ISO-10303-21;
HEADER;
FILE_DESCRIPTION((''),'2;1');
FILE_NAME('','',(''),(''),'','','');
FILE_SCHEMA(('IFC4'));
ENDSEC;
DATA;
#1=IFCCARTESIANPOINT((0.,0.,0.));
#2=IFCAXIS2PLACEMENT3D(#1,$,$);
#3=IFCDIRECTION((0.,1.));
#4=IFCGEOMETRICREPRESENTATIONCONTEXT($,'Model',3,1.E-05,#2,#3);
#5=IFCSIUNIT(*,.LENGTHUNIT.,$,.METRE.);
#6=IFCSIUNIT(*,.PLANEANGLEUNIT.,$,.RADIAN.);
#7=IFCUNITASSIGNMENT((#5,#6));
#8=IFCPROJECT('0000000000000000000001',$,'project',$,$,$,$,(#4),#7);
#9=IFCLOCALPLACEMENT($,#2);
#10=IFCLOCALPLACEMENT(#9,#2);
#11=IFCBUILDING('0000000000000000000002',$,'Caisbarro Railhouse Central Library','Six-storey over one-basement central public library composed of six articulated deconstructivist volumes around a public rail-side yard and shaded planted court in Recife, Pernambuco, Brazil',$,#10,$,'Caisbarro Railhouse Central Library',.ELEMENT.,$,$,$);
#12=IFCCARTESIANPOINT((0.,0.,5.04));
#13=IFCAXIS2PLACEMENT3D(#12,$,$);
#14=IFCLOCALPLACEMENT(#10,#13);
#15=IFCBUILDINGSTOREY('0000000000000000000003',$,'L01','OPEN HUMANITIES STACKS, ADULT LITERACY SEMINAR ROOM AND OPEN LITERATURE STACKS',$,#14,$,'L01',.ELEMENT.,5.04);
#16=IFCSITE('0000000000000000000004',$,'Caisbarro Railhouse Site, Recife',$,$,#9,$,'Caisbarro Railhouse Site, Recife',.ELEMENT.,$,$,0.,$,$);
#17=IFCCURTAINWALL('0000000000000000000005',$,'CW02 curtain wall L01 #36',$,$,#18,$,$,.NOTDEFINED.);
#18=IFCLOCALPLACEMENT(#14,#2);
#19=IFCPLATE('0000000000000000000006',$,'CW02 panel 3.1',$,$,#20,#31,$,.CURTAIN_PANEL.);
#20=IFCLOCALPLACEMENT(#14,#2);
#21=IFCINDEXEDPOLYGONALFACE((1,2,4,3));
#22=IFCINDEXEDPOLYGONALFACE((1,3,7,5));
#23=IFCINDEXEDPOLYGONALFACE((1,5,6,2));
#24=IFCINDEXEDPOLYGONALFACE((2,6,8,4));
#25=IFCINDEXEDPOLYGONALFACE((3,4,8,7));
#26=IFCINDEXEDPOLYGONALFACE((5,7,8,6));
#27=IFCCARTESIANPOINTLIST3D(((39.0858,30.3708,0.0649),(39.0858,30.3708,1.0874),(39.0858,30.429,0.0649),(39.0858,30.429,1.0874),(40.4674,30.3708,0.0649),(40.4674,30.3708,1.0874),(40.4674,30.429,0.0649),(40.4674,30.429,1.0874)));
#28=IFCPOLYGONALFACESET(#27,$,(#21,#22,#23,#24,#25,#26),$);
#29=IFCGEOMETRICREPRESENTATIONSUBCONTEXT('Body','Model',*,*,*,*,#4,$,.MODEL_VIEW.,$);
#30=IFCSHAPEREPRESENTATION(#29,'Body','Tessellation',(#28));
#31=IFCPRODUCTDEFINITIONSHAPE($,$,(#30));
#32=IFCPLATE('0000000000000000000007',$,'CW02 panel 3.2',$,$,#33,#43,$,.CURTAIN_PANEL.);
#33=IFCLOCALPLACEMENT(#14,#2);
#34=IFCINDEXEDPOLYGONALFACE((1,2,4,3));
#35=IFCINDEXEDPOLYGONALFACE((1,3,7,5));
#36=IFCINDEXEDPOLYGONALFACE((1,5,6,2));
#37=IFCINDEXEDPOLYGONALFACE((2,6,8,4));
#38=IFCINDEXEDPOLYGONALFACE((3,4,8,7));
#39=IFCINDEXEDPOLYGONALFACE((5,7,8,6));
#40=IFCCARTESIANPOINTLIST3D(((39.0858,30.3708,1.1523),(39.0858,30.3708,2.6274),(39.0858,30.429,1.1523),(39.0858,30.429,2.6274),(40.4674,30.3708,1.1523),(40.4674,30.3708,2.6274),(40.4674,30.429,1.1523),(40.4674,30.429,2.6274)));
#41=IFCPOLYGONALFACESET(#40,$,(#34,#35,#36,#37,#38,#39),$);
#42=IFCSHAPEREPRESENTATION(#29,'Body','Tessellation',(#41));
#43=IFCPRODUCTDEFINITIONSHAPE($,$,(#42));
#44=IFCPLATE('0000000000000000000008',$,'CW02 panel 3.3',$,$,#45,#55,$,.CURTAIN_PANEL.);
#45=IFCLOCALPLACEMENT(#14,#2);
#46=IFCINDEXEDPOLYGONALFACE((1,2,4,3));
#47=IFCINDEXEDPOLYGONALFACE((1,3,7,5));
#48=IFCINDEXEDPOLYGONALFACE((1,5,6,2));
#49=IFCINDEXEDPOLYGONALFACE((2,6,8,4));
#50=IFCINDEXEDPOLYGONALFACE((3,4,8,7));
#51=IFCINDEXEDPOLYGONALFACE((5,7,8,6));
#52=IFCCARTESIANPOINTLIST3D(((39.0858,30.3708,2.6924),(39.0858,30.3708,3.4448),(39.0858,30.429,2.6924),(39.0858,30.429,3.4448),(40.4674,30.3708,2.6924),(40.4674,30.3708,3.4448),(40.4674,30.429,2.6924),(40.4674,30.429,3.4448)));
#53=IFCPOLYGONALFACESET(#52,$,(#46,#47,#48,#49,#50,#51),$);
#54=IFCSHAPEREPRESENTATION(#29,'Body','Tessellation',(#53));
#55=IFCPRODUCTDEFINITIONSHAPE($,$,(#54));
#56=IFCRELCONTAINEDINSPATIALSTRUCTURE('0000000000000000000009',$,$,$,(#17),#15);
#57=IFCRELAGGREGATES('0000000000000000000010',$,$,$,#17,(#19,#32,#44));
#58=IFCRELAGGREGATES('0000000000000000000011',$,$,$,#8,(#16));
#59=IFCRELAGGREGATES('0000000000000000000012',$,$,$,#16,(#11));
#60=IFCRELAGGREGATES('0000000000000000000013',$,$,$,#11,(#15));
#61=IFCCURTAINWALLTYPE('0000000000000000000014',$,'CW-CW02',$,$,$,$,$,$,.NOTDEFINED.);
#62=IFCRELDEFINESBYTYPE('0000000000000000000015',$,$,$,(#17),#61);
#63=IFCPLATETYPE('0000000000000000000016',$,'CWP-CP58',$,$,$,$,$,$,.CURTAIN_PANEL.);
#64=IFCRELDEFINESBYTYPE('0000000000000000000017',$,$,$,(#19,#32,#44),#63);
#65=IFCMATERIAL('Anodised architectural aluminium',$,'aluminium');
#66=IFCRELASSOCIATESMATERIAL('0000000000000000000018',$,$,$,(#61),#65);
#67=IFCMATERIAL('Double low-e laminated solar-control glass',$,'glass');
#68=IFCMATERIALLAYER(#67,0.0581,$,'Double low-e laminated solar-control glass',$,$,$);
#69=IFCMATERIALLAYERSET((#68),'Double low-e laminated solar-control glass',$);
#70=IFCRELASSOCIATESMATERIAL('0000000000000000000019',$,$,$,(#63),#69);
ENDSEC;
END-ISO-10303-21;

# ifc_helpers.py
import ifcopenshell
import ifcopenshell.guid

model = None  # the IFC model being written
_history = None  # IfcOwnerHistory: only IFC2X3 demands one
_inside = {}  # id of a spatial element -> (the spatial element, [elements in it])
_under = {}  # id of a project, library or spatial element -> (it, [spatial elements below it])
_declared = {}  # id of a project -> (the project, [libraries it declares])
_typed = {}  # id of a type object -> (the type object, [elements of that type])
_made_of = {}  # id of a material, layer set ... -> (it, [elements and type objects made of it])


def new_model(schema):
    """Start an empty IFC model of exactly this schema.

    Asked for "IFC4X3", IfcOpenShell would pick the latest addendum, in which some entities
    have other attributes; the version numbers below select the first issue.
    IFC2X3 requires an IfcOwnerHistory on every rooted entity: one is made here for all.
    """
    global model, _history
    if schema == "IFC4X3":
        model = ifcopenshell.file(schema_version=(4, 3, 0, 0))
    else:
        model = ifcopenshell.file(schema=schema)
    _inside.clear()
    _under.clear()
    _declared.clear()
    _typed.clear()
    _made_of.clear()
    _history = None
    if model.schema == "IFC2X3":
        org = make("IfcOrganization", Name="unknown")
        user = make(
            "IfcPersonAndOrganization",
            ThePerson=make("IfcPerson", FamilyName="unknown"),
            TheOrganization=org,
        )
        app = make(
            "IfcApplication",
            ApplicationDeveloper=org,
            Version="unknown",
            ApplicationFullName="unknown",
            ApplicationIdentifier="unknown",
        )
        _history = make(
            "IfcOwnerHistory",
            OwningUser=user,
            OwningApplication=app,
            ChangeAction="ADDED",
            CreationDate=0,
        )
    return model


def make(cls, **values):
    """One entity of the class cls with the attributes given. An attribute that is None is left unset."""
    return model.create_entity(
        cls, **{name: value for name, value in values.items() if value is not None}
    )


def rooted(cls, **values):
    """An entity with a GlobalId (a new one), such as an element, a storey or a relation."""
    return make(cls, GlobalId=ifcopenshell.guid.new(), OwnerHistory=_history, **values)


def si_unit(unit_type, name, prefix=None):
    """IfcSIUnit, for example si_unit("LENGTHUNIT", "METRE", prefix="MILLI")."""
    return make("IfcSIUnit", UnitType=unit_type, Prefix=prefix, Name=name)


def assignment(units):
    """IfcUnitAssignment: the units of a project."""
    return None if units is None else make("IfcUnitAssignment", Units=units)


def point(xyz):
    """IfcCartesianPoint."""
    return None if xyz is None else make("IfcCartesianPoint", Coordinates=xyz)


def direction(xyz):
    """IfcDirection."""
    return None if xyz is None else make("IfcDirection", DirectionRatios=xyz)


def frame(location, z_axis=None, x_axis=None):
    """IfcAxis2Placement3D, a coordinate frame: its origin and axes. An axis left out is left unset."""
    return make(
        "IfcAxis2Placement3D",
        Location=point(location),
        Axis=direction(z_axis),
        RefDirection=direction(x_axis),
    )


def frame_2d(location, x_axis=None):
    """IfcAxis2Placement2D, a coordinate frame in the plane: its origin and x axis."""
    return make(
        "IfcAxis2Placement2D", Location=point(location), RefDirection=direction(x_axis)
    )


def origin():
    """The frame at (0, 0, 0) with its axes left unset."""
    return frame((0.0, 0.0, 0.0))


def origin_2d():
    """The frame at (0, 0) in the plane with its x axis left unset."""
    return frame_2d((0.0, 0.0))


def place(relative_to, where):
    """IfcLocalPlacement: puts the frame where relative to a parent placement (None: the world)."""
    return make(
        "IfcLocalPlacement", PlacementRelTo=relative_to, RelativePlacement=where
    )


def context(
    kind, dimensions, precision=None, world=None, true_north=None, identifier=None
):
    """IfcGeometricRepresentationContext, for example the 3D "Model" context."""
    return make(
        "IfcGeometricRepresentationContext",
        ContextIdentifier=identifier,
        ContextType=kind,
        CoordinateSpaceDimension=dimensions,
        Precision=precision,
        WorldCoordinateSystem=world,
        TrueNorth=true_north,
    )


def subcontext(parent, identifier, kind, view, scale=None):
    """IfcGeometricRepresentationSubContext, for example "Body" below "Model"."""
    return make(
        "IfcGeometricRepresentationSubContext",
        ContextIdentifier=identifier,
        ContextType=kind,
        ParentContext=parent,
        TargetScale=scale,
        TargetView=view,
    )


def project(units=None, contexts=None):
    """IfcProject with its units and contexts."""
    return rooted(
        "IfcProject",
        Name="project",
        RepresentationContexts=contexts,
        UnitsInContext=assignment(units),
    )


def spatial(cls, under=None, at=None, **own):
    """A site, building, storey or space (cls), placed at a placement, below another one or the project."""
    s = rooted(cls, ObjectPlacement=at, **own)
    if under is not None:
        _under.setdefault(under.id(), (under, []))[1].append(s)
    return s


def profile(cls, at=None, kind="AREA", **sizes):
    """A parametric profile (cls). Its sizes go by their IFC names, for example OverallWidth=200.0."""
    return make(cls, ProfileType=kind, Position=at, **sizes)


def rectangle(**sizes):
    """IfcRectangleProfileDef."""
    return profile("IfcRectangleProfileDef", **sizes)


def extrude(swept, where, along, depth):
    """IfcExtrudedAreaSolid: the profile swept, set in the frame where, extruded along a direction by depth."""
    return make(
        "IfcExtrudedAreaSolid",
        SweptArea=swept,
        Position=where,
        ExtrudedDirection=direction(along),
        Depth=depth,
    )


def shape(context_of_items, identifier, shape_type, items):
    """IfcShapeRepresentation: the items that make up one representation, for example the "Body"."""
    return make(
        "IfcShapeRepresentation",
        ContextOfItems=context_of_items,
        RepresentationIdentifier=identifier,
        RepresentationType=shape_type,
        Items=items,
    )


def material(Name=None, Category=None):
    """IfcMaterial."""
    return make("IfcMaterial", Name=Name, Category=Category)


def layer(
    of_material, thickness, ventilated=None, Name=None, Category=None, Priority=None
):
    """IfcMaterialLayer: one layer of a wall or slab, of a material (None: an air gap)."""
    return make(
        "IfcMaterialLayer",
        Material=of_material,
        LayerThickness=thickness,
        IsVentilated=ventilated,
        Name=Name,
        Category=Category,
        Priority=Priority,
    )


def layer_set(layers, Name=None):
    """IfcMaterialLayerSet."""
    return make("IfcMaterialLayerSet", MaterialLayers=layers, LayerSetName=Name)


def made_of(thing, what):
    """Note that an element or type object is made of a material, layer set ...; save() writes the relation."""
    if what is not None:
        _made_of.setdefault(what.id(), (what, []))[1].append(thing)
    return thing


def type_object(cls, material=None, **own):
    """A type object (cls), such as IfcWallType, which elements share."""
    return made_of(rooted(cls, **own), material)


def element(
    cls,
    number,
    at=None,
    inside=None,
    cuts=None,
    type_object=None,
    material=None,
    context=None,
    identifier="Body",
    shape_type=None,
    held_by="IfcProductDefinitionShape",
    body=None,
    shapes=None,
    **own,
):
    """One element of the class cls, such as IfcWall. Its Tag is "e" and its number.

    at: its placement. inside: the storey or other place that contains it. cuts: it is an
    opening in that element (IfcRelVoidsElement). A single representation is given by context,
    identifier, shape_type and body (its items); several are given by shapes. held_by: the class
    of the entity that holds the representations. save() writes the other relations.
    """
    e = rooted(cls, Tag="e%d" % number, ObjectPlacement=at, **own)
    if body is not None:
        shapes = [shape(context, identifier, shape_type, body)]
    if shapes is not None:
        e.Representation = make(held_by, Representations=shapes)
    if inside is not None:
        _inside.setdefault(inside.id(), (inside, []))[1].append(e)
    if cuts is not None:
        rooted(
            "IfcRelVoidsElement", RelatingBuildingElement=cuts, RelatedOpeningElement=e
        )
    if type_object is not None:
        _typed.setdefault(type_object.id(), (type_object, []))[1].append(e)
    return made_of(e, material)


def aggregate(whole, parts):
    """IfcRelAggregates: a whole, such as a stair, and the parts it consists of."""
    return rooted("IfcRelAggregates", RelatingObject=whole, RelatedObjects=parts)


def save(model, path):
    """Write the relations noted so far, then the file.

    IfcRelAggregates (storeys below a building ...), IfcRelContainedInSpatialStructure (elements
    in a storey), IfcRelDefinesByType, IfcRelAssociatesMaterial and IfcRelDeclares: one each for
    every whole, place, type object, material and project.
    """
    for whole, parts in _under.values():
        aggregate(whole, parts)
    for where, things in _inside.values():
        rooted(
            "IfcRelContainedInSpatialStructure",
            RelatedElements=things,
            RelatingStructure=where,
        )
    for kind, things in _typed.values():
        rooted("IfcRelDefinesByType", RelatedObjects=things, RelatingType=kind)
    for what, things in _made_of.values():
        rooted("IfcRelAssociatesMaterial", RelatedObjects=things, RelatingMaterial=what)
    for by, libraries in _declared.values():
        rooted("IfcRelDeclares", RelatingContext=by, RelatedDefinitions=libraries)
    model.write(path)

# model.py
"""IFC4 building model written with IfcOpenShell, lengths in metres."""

from ifc_helpers import new_model, si_unit, direction, frame, origin, origin_2d, place, context, subcontext, project, spatial, rectangle, extrude, material, layer, layer_set, type_object, element, aggregate, save


model = new_model("IFC4")

# Units and contexts
model_context = context("Model", 3, precision=1e-05, world=origin(), true_north=direction((0.0, 1.0)))
body_context = subcontext(model_context, "Body", "Model", "MODEL_VIEW")
ifc_project = project(units=[si_unit("LENGTHUNIT", "METRE"), si_unit("PLANEANGLEUNIT", "RADIAN")], contexts=[model_context])

# Site, building, storey
site_placement = place(None, origin())
site = spatial("IfcSite", under=ifc_project, at=site_placement, Name="Caisbarro Railhouse Site, Recife", LongName="Caisbarro Railhouse Site, Recife", CompositionType="ELEMENT", RefElevation=0.0)
building_placement = place(site_placement, origin())
building = spatial("IfcBuilding", under=site, at=building_placement, Name="Caisbarro Railhouse Central Library", Description="Six-storey over one-basement central public library composed of six articulated deconstructivist volumes around a public rail-side yard and shaded planted court in Recife, Pernambuco, Brazil", LongName="Caisbarro Railhouse Central Library", CompositionType="ELEMENT")
storey_placement = place(building_placement, frame((0.0, 0.0, 5.04)))
storey = spatial("IfcBuildingStorey", under=building, at=storey_placement, Name="L01", Description="OPEN HUMANITIES STACKS, ADULT LITERACY SEMINAR ROOM AND OPEN LITERATURE STACKS", LongName="L01", CompositionType="ELEMENT", Elevation=5.04)

# Shared definitions
ifc_material_1 = material(Name="Anodised architectural aluminium", Category="aluminium")
curtain_wall_type = type_object("IfcCurtainWallType", Name="CW-CW02", PredefinedType="NOTDEFINED", material=ifc_material_1)

# Curtain wall
curtain_wall_1_placement = place(storey_placement, origin())
curtain_wall_1 = element("IfcCurtainWall", 1, at=curtain_wall_1_placement, inside=storey, type_object=curtain_wall_type, Name="CW02 curtain wall L01 #36", PredefinedType="NOTDEFINED")

# Plates
ifc_material_2 = material(Name="Double low-e laminated solar-control glass", Category="glass")
ifc_layer_1 = layer(ifc_material_2, 0.0581, Name="Double low-e laminated solar-control glass")
ifc_layer_set_1 = layer_set([ifc_layer_1], Name="Double low-e laminated solar-control glass")
plate_type_1 = type_object("IfcPlateType", Name="CWP-CP58", PredefinedType="CURTAIN_PANEL", material=ifc_layer_set_1)
plate_1_placement = place(storey_placement, frame((39.7766, 30.3999, 0.0649), z_axis=(0.0, 0.0, 1.0), x_axis=(1.0, 0.0, 0.0)))
plate_1 = element("IfcPlate", 2, at=plate_1_placement, type_object=plate_type_1, Name="CW02 panel 3.1", PredefinedType="CURTAIN_PANEL", context=body_context, shape_type="SweptSolid", body=[
    extrude(rectangle(XDim=1.3816, YDim=0.0581, at=origin_2d()), origin(), (0.0, 0.0, 1.0), 1.0225),
])
plate_2_placement = place(storey_placement, frame((39.7766, 30.3999, 1.1523), z_axis=(0.0, 0.0, 1.0), x_axis=(1.0, 0.0, 0.0)))
plate_2 = element("IfcPlate", 3, at=plate_2_placement, type_object=plate_type_1, Name="CW02 panel 3.2", PredefinedType="CURTAIN_PANEL", context=body_context, shape_type="SweptSolid", body=[
    extrude(rectangle(XDim=1.3816, YDim=0.0581, at=origin_2d()), origin(), (0.0, 0.0, 1.0), 1.4751),
])
plate_3_placement = place(storey_placement, frame((39.7766, 30.3999, 2.6924), z_axis=(0.0, 0.0, 1.0), x_axis=(1.0, 0.0, 0.0)))
plate_3 = element("IfcPlate", 4, at=plate_3_placement, type_object=plate_type_1, Name="CW02 panel 3.3", PredefinedType="CURTAIN_PANEL", context=body_context, shape_type="SweptSolid", body=[
    extrude(rectangle(XDim=1.3816, YDim=0.0581, at=origin_2d()), origin(), (0.0, 0.0, 1.0), 0.7524),
])
aggregate(curtain_wall_1, [plate_1, plate_2, plate_3])

save(model, "model.ifc")
